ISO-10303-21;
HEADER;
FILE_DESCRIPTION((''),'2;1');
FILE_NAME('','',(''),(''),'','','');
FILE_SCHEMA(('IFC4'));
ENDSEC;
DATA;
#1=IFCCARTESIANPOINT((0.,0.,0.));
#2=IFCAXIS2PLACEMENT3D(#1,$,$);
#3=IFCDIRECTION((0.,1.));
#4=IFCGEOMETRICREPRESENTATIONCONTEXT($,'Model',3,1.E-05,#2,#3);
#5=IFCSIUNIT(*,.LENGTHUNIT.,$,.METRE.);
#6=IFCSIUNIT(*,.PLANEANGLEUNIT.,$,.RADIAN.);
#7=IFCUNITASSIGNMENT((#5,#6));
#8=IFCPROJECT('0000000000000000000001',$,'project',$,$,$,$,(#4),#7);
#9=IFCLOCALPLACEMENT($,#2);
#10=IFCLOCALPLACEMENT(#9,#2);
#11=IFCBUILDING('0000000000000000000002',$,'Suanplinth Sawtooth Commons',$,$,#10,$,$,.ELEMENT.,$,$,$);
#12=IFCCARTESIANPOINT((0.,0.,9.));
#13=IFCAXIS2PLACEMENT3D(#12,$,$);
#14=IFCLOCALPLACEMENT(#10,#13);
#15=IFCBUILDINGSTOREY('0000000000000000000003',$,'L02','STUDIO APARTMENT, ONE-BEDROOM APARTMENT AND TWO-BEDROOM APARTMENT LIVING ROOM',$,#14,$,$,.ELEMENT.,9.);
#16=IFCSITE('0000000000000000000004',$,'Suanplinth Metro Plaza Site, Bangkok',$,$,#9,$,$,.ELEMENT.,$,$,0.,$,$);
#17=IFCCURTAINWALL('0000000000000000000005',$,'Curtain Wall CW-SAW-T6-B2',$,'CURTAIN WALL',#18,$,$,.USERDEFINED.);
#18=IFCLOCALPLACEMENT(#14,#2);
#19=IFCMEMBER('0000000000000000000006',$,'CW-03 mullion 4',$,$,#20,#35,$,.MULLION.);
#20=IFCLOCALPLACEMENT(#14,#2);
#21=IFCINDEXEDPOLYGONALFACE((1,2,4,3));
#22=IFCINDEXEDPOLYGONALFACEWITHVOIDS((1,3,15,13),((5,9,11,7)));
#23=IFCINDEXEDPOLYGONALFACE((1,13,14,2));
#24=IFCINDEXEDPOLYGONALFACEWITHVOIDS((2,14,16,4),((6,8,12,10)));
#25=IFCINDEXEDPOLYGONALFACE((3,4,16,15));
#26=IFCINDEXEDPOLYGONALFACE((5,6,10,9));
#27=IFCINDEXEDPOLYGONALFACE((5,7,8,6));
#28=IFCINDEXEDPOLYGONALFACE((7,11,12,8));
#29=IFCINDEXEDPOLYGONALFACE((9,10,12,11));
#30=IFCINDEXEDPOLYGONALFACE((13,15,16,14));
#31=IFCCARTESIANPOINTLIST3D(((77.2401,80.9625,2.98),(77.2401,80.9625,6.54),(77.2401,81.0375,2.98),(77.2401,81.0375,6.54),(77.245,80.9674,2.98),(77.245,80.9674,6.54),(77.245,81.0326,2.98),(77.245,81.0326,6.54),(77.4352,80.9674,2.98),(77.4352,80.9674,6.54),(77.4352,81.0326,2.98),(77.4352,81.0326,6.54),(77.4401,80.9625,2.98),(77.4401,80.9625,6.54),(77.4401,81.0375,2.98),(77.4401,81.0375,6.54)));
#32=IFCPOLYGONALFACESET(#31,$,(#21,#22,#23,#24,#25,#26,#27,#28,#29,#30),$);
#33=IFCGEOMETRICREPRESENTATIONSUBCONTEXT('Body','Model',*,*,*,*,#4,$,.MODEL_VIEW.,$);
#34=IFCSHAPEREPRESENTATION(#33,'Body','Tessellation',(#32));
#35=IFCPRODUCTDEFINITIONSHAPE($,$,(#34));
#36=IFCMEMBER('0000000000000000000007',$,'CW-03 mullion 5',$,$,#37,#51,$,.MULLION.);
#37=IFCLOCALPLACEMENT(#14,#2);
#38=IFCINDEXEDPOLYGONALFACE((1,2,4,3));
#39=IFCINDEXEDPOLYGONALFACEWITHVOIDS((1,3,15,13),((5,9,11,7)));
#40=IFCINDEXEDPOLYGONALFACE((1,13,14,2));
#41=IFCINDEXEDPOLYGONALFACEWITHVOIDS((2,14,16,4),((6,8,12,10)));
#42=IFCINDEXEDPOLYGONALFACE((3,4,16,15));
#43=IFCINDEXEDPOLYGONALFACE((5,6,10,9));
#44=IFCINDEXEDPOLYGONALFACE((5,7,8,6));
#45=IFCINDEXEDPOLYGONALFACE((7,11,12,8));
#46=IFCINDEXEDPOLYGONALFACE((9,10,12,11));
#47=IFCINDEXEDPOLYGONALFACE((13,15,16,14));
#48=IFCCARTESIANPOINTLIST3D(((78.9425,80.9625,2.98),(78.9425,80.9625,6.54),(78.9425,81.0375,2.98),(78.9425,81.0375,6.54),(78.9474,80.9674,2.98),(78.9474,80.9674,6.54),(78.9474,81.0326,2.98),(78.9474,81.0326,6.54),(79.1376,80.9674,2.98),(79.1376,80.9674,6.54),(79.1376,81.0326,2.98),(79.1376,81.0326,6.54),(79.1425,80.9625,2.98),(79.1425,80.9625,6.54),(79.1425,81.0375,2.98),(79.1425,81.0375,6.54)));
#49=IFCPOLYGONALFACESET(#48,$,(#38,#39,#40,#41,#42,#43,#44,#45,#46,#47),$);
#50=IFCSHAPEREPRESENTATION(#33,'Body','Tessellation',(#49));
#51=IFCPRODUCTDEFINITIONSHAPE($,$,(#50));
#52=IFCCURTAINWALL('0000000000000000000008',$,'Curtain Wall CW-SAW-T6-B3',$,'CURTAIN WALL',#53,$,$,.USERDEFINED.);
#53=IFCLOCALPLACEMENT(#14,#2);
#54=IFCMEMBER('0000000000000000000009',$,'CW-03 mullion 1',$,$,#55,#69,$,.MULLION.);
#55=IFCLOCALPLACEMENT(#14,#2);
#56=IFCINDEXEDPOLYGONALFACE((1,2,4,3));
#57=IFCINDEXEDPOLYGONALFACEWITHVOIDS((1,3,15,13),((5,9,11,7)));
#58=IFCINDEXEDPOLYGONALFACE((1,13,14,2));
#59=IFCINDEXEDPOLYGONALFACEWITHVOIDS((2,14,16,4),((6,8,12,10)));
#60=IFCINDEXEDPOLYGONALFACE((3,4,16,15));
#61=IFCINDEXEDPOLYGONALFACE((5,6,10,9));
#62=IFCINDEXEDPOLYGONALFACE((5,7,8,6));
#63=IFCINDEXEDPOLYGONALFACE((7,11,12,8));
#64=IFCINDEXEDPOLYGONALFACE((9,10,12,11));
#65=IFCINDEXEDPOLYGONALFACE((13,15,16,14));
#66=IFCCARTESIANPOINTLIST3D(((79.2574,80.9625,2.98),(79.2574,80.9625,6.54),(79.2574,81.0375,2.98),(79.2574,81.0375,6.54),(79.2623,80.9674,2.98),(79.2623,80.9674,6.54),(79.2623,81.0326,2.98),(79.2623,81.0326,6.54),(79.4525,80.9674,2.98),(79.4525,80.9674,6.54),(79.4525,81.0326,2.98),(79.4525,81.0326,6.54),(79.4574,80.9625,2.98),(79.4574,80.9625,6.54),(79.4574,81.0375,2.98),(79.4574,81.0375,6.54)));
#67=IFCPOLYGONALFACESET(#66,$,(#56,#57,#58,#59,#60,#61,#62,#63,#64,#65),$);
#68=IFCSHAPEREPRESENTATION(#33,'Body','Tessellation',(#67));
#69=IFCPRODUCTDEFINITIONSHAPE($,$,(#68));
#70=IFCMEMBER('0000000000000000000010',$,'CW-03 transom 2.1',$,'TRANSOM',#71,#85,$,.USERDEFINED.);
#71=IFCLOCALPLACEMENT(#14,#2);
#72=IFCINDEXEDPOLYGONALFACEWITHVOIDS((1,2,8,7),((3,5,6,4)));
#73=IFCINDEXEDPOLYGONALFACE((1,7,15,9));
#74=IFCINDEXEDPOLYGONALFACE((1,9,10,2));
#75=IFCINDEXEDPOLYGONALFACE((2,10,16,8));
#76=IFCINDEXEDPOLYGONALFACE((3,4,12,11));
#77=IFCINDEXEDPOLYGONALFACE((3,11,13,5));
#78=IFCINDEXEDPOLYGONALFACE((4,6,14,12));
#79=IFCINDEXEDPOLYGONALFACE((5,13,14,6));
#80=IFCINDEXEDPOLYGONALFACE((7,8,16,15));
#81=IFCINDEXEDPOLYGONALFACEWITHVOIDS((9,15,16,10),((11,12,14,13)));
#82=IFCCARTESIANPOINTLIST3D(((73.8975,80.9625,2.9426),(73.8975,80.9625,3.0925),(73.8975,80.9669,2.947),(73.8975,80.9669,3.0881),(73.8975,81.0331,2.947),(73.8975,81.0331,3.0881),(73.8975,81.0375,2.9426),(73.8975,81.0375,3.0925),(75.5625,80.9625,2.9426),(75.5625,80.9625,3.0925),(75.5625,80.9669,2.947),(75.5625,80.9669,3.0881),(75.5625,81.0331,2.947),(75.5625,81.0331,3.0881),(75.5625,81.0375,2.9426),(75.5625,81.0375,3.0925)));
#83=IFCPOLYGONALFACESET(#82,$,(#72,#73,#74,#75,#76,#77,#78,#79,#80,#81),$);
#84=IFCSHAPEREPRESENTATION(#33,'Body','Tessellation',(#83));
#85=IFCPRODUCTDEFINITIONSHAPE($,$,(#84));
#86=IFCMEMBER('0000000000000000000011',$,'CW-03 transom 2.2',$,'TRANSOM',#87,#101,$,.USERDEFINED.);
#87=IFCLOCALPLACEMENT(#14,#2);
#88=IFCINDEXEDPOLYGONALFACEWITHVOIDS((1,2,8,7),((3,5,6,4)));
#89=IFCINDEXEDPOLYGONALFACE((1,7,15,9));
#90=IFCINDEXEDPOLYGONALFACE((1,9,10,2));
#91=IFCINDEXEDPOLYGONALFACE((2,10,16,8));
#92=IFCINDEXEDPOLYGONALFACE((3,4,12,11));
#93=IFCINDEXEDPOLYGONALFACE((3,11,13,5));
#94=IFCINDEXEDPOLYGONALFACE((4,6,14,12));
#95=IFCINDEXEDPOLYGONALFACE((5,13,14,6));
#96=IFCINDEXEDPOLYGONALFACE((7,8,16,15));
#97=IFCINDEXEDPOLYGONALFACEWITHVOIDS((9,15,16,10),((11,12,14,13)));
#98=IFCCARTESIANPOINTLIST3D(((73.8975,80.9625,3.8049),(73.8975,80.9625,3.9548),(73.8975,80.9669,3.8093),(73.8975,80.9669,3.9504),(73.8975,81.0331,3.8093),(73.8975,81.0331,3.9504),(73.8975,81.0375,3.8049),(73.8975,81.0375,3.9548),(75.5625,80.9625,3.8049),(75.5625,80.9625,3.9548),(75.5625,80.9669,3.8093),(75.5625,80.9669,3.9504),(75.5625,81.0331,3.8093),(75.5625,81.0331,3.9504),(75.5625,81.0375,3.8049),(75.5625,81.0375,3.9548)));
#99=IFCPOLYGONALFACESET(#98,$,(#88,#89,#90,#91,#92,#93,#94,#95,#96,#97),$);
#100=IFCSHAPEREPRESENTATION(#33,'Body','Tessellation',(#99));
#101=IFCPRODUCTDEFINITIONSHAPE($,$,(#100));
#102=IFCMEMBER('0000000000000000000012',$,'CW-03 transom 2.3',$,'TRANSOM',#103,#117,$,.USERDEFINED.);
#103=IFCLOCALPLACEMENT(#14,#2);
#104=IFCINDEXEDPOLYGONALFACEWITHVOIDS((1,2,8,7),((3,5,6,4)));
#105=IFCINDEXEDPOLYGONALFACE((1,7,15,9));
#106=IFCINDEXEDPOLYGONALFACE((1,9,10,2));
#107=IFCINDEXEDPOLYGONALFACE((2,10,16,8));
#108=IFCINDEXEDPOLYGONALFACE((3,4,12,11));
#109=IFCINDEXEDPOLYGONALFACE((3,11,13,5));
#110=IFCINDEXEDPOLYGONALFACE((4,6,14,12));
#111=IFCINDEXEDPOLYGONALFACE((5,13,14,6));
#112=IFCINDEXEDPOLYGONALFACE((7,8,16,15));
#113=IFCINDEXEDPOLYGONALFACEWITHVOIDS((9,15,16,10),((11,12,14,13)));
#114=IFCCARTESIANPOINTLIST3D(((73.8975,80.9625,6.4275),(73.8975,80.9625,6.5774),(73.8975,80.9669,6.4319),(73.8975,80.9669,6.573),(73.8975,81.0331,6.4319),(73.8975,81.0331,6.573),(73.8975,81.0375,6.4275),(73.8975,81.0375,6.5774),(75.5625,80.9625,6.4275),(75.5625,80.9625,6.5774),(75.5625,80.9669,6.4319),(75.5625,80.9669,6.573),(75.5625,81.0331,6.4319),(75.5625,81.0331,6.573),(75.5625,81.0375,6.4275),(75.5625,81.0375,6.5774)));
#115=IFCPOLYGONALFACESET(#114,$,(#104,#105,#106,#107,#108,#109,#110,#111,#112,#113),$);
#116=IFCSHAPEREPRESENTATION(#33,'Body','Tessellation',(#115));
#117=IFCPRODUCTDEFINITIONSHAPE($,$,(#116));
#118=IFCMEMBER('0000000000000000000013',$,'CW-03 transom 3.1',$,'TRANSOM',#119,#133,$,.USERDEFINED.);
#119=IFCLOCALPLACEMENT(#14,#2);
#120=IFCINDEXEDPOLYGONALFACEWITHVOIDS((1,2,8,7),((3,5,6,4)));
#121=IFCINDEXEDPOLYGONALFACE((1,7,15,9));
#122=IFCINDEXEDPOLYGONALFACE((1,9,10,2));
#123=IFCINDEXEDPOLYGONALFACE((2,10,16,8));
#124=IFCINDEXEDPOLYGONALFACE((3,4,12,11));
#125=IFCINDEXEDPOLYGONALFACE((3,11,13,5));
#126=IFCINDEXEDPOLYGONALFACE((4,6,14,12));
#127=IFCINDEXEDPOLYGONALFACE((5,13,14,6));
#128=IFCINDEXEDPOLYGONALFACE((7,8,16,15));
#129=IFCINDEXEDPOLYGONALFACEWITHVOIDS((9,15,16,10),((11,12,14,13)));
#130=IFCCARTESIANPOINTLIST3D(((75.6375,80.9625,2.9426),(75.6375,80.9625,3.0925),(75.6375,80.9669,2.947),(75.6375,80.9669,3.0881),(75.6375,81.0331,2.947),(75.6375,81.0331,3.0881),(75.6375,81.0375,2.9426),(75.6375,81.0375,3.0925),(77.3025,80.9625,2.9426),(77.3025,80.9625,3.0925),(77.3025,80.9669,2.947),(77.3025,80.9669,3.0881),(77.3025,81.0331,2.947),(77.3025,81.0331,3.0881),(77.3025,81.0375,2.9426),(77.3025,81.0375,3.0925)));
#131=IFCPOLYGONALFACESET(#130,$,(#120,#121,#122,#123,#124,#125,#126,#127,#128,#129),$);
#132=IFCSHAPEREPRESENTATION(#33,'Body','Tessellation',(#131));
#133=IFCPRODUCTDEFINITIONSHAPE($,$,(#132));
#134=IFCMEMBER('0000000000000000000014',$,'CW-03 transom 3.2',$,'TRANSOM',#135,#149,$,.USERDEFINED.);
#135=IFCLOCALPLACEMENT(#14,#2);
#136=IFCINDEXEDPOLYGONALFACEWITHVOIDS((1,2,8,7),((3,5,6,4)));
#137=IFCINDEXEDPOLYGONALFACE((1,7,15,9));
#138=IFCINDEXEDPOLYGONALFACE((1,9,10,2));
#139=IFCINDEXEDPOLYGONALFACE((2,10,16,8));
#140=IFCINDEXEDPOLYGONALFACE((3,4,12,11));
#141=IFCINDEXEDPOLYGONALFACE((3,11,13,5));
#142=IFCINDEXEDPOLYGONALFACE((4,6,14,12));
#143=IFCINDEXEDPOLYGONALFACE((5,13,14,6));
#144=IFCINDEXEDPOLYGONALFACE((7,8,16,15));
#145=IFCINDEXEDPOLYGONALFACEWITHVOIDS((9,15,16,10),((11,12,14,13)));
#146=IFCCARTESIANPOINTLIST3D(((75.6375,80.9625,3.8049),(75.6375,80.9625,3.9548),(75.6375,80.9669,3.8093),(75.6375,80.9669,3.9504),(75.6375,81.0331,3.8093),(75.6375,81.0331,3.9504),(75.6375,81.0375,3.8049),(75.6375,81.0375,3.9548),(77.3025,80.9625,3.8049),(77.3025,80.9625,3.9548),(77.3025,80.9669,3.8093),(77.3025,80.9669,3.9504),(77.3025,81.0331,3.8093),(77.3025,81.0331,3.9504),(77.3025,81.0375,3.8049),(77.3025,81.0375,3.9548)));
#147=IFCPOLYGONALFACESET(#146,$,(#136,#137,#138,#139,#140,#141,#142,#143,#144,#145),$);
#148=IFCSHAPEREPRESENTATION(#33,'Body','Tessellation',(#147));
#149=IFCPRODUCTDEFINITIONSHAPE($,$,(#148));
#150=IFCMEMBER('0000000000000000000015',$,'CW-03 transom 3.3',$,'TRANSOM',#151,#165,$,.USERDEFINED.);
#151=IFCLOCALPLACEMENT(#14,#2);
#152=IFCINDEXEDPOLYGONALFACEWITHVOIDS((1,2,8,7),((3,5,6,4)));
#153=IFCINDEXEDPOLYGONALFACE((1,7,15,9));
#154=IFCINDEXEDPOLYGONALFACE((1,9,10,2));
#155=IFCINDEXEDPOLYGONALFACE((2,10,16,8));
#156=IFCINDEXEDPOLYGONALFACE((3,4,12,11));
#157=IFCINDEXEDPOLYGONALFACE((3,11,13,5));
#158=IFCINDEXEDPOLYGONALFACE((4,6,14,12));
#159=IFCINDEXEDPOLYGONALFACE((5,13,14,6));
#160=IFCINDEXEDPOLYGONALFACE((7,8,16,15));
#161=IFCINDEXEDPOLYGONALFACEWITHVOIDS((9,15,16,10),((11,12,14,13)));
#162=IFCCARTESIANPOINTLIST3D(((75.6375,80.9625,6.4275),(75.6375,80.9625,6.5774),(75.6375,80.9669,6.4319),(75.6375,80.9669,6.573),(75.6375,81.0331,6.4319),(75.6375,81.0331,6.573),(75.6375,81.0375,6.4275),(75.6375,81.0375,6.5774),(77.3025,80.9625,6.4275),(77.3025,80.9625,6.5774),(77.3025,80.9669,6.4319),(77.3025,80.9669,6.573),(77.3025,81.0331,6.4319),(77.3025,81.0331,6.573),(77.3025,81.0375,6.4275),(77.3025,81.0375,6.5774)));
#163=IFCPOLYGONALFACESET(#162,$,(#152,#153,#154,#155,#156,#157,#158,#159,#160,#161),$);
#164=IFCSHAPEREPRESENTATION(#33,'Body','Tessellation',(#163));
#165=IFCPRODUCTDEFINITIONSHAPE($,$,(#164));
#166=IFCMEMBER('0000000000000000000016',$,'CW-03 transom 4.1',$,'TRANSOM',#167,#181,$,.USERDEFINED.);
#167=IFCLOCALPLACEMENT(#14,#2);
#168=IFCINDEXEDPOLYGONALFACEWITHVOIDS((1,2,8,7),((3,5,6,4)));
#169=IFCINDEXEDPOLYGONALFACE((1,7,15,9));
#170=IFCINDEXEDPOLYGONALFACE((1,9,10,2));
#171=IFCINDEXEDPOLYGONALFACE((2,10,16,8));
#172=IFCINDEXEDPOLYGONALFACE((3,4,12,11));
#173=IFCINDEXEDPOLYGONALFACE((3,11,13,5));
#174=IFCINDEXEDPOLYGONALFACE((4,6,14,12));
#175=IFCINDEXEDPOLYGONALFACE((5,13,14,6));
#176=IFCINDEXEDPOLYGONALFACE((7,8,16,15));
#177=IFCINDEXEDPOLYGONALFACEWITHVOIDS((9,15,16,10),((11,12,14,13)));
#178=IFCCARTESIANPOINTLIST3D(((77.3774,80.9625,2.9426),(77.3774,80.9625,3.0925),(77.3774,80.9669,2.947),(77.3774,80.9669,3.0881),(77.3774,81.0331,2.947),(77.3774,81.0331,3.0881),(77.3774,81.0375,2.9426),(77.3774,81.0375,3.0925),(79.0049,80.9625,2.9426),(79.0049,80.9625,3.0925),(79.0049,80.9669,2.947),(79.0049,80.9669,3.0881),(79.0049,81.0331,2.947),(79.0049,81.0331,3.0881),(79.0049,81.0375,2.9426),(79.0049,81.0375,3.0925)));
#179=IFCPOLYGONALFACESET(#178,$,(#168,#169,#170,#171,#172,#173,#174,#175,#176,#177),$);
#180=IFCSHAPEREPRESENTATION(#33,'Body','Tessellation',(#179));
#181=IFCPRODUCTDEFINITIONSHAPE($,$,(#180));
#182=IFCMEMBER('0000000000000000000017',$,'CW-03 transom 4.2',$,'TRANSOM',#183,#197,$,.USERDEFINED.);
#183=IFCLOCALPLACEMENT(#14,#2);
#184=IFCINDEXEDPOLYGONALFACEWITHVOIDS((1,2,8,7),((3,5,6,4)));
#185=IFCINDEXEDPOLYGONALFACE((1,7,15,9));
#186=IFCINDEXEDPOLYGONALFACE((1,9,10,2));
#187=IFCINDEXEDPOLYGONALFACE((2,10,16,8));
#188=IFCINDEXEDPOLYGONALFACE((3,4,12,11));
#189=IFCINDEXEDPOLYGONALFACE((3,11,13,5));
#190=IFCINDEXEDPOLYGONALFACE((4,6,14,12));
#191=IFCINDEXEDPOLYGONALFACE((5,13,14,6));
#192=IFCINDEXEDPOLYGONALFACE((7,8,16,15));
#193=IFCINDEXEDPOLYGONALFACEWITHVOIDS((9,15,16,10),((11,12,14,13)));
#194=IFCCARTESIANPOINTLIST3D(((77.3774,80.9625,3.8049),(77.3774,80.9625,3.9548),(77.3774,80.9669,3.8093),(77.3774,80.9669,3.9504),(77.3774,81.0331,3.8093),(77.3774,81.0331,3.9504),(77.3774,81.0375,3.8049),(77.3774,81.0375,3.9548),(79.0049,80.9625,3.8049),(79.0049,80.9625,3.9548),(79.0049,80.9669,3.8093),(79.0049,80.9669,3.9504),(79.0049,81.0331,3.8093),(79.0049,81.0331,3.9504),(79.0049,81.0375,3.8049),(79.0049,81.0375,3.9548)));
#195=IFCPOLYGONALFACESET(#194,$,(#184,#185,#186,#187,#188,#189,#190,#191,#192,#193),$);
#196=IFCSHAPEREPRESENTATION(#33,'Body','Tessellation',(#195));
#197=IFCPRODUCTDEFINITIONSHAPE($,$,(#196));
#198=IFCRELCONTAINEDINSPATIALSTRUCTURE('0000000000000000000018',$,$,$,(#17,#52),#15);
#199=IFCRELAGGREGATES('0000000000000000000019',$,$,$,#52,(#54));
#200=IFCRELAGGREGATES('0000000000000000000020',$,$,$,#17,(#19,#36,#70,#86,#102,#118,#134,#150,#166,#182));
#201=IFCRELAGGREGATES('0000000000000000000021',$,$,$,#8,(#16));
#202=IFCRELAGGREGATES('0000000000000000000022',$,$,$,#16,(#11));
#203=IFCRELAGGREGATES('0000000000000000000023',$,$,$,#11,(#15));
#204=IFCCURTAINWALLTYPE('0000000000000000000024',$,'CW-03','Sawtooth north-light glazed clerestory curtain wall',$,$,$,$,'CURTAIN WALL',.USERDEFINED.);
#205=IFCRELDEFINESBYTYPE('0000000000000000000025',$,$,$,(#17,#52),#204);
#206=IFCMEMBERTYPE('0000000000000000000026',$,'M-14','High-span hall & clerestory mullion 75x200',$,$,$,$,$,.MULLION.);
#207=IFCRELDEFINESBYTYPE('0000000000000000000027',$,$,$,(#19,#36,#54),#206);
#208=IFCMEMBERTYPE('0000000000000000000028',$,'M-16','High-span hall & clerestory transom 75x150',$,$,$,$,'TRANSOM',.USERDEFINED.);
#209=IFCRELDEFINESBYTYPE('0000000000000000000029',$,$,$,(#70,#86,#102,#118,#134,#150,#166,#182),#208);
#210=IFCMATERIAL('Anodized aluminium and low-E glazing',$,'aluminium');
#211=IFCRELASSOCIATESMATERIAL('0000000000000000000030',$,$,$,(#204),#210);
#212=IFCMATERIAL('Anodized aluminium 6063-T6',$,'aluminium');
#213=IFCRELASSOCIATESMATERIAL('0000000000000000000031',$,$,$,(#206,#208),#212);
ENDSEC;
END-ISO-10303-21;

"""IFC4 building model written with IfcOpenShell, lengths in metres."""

from ifc_helpers import new_model, si_unit, direction, frame, origin, origin_2d, place, context, subcontext, project, spatial, hollow_rectangle, extrude, material, material_profile, profile_set, type_object, element, aggregate, save


model = new_model("IFC4")

# Units and contexts
model_context = context("Model", 3, precision=1e-05, world=origin(), true_north=direction((0.0, 1.0)))
body_context = subcontext(model_context, "Body", "Model", "MODEL_VIEW")
ifc_project = project(units=[si_unit("LENGTHUNIT", "METRE"), si_unit("PLANEANGLEUNIT", "RADIAN")], contexts=[model_context])

# Site, building, storey
site_placement = place(None, origin())
site = spatial("IfcSite", under=ifc_project, at=site_placement, Name="Suanplinth Metro Plaza Site, Bangkok", CompositionType="ELEMENT", RefElevation=0.0)
building_placement = place(site_placement, origin())
building = spatial("IfcBuilding", under=site, at=building_placement, Name="Suanplinth Sawtooth Commons", CompositionType="ELEMENT")
storey_placement = place(building_placement, frame((0.0, 0.0, 9.0)))
storey = spatial("IfcBuildingStorey", under=building, at=storey_placement, Name="L02", Description="STUDIO APARTMENT, ONE-BEDROOM APARTMENT AND TWO-BEDROOM APARTMENT LIVING ROOM", CompositionType="ELEMENT", Elevation=9.0)

# Curtain wall, members
ifc_material_1 = material(Name="Anodized aluminium and low-E glazing", Category="aluminium")
curtain_wall_type = type_object("IfcCurtainWallType", Name="CW-03", Description="Sawtooth north-light glazed clerestory curtain wall", ElementType="CURTAIN WALL", PredefinedType="USERDEFINED", material=ifc_material_1)
curtain_wall_1_placement = place(storey_placement, origin())
curtain_wall_1 = element("IfcCurtainWall", 1, at=curtain_wall_1_placement, inside=storey, type_object=curtain_wall_type, Name="Curtain Wall CW-SAW-T6-B2", ObjectType="CURTAIN WALL", PredefinedType="USERDEFINED")
ifc_material_2 = material(Name="Anodized aluminium 6063-T6", Category="aluminium")
ifc_material_profile_1 = material_profile(ifc_material_2, hollow_rectangle(XDim=0.075, YDim=0.2, WallThickness=0.0049, at=origin_2d()), Name="ALU-MUL 75x200")
ifc_profile_set_1 = profile_set([ifc_material_profile_1], Name="Anodized aluminium 6063-T6")
member_type_1 = type_object("IfcMemberType", Name="M-14", Description="High-span hall & clerestory mullion 75x200", PredefinedType="MULLION", material=ifc_profile_set_1)
member_1_placement = place(storey_placement, frame((77.3401, 81.0, 2.98), z_axis=(0.0, 0.0, 1.0), x_axis=(0.0, 1.0, 0.0)))
member_1 = element("IfcMember", 2, at=member_1_placement, type_object=member_type_1, Name="CW-03 mullion 4", PredefinedType="MULLION", context=body_context, shape_type="SweptSolid", body=[
    extrude(hollow_rectangle(XDim=0.075, YDim=0.2, WallThickness=0.0049, at=origin_2d()), origin(), (0.0, 0.0, 1.0), 3.5601),
])
member_2_placement = place(storey_placement, frame((79.0425, 81.0, 2.98), z_axis=(0.0, 0.0, 1.0), x_axis=(0.0, 1.0, 0.0)))
member_2 = element("IfcMember", 3, at=member_2_placement, type_object=member_type_1, Name="CW-03 mullion 5", PredefinedType="MULLION", context=body_context, shape_type="SweptSolid", body=[
    extrude(hollow_rectangle(XDim=0.075, YDim=0.2, WallThickness=0.0049, at=origin_2d()), origin(), (0.0, 0.0, 1.0), 3.5601),
])

# Curtain wall, member
curtain_wall_2_placement = place(storey_placement, origin())
curtain_wall_2 = element("IfcCurtainWall", 4, at=curtain_wall_2_placement, inside=storey, type_object=curtain_wall_type, Name="Curtain Wall CW-SAW-T6-B3", ObjectType="CURTAIN WALL", PredefinedType="USERDEFINED")
member_3_placement = place(storey_placement, frame((79.3574, 81.0, 2.98), z_axis=(0.0, 0.0, 1.0), x_axis=(0.0, 1.0, 0.0)))
member_3 = element("IfcMember", 5, at=member_3_placement, type_object=member_type_1, Name="CW-03 mullion 1", PredefinedType="MULLION", context=body_context, shape_type="SweptSolid", body=[
    extrude(hollow_rectangle(XDim=0.075, YDim=0.2, WallThickness=0.0049, at=origin_2d()), origin(), (0.0, 0.0, 1.0), 3.5601),
])

# Members
ifc_material_profile_2 = material_profile(ifc_material_2, hollow_rectangle(XDim=0.075, YDim=0.1499, WallThickness=0.0044, at=origin_2d()), Name="ALU-TRN 75x150")
ifc_profile_set_2 = profile_set([ifc_material_profile_2], Name="Anodized aluminium 6063-T6")
member_type_2 = type_object("IfcMemberType", Name="M-16", Description="High-span hall & clerestory transom 75x150", ElementType="TRANSOM", PredefinedType="USERDEFINED", material=ifc_profile_set_2)
member_4_placement = place(storey_placement, frame((73.8975, 81.0, 3.0176), z_axis=(1.0, 0.0, 0.0), x_axis=(0.0, 1.0, 0.0)))
member_4 = element("IfcMember", 6, at=member_4_placement, type_object=member_type_2, Name="CW-03 transom 2.1", ObjectType="TRANSOM", PredefinedType="USERDEFINED", context=body_context, shape_type="SweptSolid", body=[
    extrude(hollow_rectangle(XDim=0.075, YDim=0.1499, WallThickness=0.0044, at=origin_2d()), origin(), (0.0, 0.0, 1.0), 1.665),
])
member_5_placement = place(storey_placement, frame((73.8975, 81.0, 3.8799), z_axis=(1.0, 0.0, 0.0), x_axis=(0.0, 1.0, 0.0)))
member_5 = element("IfcMember", 7, at=member_5_placement, type_object=member_type_2, Name="CW-03 transom 2.2", ObjectType="TRANSOM", PredefinedType="USERDEFINED", context=body_context, shape_type="SweptSolid", body=[
    extrude(hollow_rectangle(XDim=0.075, YDim=0.1499, WallThickness=0.0044, at=origin_2d()), origin(), (0.0, 0.0, 1.0), 1.665),
])
member_6_placement = place(storey_placement, frame((73.8975, 81.0, 6.5024), z_axis=(1.0, 0.0, 0.0), x_axis=(0.0, 1.0, 0.0)))
member_6 = element("IfcMember", 8, at=member_6_placement, type_object=member_type_2, Name="CW-03 transom 2.3", ObjectType="TRANSOM", PredefinedType="USERDEFINED", context=body_context, shape_type="SweptSolid", body=[
    extrude(hollow_rectangle(XDim=0.075, YDim=0.1499, WallThickness=0.0044, at=origin_2d()), origin(), (0.0, 0.0, 1.0), 1.665),
])
member_7_placement = place(storey_placement, frame((75.6375, 81.0, 3.0176), z_axis=(1.0, 0.0, 0.0), x_axis=(0.0, 1.0, 0.0)))
member_7 = element("IfcMember", 9, at=member_7_placement, type_object=member_type_2, Name="CW-03 transom 3.1", ObjectType="TRANSOM", PredefinedType="USERDEFINED", context=body_context, shape_type="SweptSolid", body=[
    extrude(hollow_rectangle(XDim=0.075, YDim=0.1499, WallThickness=0.0044, at=origin_2d()), origin(), (0.0, 0.0, 1.0), 1.665),
])
member_8_placement = place(storey_placement, frame((75.6375, 81.0, 3.8799), z_axis=(1.0, 0.0, 0.0), x_axis=(0.0, 1.0, 0.0)))
member_8 = element("IfcMember", 10, at=member_8_placement, type_object=member_type_2, Name="CW-03 transom 3.2", ObjectType="TRANSOM", PredefinedType="USERDEFINED", context=body_context, shape_type="SweptSolid", body=[
    extrude(hollow_rectangle(XDim=0.075, YDim=0.1499, WallThickness=0.0044, at=origin_2d()), origin(), (0.0, 0.0, 1.0), 1.665),
])
member_9_placement = place(storey_placement, frame((75.6375, 81.0, 6.5024), z_axis=(1.0, 0.0, 0.0), x_axis=(0.0, 1.0, 0.0)))
member_9 = element("IfcMember", 11, at=member_9_placement, type_object=member_type_2, Name="CW-03 transom 3.3", ObjectType="TRANSOM", PredefinedType="USERDEFINED", context=body_context, shape_type="SweptSolid", body=[
    extrude(hollow_rectangle(XDim=0.075, YDim=0.1499, WallThickness=0.0044, at=origin_2d()), origin(), (0.0, 0.0, 1.0), 1.665),
])
member_10_placement = place(storey_placement, frame((77.3774, 81.0, 3.0176), z_axis=(1.0, 0.0, 0.0), x_axis=(0.0, 1.0, 0.0)))
member_10 = element("IfcMember", 12, at=member_10_placement, type_object=member_type_2, Name="CW-03 transom 4.1", ObjectType="TRANSOM", PredefinedType="USERDEFINED", context=body_context, shape_type="SweptSolid", body=[
    extrude(hollow_rectangle(XDim=0.075, YDim=0.1499, WallThickness=0.0044, at=origin_2d()), origin(), (0.0, 0.0, 1.0), 1.6274),
])
member_11_placement = place(storey_placement, frame((77.3774, 81.0, 3.8799), z_axis=(1.0, 0.0, 0.0), x_axis=(0.0, 1.0, 0.0)))
member_11 = element("IfcMember", 13, at=member_11_placement, type_object=member_type_2, Name="CW-03 transom 4.2", ObjectType="TRANSOM", PredefinedType="USERDEFINED", context=body_context, shape_type="SweptSolid", body=[
    extrude(hollow_rectangle(XDim=0.075, YDim=0.1499, WallThickness=0.0044, at=origin_2d()), origin(), (0.0, 0.0, 1.0), 1.6274),
])
aggregate(curtain_wall_2, [member_3])

aggregate(curtain_wall_1, [member_1, member_2, member_4, member_5, member_6, member_7, member_8, member_9, member_10, member_11])

save(model, "model.ifc")
